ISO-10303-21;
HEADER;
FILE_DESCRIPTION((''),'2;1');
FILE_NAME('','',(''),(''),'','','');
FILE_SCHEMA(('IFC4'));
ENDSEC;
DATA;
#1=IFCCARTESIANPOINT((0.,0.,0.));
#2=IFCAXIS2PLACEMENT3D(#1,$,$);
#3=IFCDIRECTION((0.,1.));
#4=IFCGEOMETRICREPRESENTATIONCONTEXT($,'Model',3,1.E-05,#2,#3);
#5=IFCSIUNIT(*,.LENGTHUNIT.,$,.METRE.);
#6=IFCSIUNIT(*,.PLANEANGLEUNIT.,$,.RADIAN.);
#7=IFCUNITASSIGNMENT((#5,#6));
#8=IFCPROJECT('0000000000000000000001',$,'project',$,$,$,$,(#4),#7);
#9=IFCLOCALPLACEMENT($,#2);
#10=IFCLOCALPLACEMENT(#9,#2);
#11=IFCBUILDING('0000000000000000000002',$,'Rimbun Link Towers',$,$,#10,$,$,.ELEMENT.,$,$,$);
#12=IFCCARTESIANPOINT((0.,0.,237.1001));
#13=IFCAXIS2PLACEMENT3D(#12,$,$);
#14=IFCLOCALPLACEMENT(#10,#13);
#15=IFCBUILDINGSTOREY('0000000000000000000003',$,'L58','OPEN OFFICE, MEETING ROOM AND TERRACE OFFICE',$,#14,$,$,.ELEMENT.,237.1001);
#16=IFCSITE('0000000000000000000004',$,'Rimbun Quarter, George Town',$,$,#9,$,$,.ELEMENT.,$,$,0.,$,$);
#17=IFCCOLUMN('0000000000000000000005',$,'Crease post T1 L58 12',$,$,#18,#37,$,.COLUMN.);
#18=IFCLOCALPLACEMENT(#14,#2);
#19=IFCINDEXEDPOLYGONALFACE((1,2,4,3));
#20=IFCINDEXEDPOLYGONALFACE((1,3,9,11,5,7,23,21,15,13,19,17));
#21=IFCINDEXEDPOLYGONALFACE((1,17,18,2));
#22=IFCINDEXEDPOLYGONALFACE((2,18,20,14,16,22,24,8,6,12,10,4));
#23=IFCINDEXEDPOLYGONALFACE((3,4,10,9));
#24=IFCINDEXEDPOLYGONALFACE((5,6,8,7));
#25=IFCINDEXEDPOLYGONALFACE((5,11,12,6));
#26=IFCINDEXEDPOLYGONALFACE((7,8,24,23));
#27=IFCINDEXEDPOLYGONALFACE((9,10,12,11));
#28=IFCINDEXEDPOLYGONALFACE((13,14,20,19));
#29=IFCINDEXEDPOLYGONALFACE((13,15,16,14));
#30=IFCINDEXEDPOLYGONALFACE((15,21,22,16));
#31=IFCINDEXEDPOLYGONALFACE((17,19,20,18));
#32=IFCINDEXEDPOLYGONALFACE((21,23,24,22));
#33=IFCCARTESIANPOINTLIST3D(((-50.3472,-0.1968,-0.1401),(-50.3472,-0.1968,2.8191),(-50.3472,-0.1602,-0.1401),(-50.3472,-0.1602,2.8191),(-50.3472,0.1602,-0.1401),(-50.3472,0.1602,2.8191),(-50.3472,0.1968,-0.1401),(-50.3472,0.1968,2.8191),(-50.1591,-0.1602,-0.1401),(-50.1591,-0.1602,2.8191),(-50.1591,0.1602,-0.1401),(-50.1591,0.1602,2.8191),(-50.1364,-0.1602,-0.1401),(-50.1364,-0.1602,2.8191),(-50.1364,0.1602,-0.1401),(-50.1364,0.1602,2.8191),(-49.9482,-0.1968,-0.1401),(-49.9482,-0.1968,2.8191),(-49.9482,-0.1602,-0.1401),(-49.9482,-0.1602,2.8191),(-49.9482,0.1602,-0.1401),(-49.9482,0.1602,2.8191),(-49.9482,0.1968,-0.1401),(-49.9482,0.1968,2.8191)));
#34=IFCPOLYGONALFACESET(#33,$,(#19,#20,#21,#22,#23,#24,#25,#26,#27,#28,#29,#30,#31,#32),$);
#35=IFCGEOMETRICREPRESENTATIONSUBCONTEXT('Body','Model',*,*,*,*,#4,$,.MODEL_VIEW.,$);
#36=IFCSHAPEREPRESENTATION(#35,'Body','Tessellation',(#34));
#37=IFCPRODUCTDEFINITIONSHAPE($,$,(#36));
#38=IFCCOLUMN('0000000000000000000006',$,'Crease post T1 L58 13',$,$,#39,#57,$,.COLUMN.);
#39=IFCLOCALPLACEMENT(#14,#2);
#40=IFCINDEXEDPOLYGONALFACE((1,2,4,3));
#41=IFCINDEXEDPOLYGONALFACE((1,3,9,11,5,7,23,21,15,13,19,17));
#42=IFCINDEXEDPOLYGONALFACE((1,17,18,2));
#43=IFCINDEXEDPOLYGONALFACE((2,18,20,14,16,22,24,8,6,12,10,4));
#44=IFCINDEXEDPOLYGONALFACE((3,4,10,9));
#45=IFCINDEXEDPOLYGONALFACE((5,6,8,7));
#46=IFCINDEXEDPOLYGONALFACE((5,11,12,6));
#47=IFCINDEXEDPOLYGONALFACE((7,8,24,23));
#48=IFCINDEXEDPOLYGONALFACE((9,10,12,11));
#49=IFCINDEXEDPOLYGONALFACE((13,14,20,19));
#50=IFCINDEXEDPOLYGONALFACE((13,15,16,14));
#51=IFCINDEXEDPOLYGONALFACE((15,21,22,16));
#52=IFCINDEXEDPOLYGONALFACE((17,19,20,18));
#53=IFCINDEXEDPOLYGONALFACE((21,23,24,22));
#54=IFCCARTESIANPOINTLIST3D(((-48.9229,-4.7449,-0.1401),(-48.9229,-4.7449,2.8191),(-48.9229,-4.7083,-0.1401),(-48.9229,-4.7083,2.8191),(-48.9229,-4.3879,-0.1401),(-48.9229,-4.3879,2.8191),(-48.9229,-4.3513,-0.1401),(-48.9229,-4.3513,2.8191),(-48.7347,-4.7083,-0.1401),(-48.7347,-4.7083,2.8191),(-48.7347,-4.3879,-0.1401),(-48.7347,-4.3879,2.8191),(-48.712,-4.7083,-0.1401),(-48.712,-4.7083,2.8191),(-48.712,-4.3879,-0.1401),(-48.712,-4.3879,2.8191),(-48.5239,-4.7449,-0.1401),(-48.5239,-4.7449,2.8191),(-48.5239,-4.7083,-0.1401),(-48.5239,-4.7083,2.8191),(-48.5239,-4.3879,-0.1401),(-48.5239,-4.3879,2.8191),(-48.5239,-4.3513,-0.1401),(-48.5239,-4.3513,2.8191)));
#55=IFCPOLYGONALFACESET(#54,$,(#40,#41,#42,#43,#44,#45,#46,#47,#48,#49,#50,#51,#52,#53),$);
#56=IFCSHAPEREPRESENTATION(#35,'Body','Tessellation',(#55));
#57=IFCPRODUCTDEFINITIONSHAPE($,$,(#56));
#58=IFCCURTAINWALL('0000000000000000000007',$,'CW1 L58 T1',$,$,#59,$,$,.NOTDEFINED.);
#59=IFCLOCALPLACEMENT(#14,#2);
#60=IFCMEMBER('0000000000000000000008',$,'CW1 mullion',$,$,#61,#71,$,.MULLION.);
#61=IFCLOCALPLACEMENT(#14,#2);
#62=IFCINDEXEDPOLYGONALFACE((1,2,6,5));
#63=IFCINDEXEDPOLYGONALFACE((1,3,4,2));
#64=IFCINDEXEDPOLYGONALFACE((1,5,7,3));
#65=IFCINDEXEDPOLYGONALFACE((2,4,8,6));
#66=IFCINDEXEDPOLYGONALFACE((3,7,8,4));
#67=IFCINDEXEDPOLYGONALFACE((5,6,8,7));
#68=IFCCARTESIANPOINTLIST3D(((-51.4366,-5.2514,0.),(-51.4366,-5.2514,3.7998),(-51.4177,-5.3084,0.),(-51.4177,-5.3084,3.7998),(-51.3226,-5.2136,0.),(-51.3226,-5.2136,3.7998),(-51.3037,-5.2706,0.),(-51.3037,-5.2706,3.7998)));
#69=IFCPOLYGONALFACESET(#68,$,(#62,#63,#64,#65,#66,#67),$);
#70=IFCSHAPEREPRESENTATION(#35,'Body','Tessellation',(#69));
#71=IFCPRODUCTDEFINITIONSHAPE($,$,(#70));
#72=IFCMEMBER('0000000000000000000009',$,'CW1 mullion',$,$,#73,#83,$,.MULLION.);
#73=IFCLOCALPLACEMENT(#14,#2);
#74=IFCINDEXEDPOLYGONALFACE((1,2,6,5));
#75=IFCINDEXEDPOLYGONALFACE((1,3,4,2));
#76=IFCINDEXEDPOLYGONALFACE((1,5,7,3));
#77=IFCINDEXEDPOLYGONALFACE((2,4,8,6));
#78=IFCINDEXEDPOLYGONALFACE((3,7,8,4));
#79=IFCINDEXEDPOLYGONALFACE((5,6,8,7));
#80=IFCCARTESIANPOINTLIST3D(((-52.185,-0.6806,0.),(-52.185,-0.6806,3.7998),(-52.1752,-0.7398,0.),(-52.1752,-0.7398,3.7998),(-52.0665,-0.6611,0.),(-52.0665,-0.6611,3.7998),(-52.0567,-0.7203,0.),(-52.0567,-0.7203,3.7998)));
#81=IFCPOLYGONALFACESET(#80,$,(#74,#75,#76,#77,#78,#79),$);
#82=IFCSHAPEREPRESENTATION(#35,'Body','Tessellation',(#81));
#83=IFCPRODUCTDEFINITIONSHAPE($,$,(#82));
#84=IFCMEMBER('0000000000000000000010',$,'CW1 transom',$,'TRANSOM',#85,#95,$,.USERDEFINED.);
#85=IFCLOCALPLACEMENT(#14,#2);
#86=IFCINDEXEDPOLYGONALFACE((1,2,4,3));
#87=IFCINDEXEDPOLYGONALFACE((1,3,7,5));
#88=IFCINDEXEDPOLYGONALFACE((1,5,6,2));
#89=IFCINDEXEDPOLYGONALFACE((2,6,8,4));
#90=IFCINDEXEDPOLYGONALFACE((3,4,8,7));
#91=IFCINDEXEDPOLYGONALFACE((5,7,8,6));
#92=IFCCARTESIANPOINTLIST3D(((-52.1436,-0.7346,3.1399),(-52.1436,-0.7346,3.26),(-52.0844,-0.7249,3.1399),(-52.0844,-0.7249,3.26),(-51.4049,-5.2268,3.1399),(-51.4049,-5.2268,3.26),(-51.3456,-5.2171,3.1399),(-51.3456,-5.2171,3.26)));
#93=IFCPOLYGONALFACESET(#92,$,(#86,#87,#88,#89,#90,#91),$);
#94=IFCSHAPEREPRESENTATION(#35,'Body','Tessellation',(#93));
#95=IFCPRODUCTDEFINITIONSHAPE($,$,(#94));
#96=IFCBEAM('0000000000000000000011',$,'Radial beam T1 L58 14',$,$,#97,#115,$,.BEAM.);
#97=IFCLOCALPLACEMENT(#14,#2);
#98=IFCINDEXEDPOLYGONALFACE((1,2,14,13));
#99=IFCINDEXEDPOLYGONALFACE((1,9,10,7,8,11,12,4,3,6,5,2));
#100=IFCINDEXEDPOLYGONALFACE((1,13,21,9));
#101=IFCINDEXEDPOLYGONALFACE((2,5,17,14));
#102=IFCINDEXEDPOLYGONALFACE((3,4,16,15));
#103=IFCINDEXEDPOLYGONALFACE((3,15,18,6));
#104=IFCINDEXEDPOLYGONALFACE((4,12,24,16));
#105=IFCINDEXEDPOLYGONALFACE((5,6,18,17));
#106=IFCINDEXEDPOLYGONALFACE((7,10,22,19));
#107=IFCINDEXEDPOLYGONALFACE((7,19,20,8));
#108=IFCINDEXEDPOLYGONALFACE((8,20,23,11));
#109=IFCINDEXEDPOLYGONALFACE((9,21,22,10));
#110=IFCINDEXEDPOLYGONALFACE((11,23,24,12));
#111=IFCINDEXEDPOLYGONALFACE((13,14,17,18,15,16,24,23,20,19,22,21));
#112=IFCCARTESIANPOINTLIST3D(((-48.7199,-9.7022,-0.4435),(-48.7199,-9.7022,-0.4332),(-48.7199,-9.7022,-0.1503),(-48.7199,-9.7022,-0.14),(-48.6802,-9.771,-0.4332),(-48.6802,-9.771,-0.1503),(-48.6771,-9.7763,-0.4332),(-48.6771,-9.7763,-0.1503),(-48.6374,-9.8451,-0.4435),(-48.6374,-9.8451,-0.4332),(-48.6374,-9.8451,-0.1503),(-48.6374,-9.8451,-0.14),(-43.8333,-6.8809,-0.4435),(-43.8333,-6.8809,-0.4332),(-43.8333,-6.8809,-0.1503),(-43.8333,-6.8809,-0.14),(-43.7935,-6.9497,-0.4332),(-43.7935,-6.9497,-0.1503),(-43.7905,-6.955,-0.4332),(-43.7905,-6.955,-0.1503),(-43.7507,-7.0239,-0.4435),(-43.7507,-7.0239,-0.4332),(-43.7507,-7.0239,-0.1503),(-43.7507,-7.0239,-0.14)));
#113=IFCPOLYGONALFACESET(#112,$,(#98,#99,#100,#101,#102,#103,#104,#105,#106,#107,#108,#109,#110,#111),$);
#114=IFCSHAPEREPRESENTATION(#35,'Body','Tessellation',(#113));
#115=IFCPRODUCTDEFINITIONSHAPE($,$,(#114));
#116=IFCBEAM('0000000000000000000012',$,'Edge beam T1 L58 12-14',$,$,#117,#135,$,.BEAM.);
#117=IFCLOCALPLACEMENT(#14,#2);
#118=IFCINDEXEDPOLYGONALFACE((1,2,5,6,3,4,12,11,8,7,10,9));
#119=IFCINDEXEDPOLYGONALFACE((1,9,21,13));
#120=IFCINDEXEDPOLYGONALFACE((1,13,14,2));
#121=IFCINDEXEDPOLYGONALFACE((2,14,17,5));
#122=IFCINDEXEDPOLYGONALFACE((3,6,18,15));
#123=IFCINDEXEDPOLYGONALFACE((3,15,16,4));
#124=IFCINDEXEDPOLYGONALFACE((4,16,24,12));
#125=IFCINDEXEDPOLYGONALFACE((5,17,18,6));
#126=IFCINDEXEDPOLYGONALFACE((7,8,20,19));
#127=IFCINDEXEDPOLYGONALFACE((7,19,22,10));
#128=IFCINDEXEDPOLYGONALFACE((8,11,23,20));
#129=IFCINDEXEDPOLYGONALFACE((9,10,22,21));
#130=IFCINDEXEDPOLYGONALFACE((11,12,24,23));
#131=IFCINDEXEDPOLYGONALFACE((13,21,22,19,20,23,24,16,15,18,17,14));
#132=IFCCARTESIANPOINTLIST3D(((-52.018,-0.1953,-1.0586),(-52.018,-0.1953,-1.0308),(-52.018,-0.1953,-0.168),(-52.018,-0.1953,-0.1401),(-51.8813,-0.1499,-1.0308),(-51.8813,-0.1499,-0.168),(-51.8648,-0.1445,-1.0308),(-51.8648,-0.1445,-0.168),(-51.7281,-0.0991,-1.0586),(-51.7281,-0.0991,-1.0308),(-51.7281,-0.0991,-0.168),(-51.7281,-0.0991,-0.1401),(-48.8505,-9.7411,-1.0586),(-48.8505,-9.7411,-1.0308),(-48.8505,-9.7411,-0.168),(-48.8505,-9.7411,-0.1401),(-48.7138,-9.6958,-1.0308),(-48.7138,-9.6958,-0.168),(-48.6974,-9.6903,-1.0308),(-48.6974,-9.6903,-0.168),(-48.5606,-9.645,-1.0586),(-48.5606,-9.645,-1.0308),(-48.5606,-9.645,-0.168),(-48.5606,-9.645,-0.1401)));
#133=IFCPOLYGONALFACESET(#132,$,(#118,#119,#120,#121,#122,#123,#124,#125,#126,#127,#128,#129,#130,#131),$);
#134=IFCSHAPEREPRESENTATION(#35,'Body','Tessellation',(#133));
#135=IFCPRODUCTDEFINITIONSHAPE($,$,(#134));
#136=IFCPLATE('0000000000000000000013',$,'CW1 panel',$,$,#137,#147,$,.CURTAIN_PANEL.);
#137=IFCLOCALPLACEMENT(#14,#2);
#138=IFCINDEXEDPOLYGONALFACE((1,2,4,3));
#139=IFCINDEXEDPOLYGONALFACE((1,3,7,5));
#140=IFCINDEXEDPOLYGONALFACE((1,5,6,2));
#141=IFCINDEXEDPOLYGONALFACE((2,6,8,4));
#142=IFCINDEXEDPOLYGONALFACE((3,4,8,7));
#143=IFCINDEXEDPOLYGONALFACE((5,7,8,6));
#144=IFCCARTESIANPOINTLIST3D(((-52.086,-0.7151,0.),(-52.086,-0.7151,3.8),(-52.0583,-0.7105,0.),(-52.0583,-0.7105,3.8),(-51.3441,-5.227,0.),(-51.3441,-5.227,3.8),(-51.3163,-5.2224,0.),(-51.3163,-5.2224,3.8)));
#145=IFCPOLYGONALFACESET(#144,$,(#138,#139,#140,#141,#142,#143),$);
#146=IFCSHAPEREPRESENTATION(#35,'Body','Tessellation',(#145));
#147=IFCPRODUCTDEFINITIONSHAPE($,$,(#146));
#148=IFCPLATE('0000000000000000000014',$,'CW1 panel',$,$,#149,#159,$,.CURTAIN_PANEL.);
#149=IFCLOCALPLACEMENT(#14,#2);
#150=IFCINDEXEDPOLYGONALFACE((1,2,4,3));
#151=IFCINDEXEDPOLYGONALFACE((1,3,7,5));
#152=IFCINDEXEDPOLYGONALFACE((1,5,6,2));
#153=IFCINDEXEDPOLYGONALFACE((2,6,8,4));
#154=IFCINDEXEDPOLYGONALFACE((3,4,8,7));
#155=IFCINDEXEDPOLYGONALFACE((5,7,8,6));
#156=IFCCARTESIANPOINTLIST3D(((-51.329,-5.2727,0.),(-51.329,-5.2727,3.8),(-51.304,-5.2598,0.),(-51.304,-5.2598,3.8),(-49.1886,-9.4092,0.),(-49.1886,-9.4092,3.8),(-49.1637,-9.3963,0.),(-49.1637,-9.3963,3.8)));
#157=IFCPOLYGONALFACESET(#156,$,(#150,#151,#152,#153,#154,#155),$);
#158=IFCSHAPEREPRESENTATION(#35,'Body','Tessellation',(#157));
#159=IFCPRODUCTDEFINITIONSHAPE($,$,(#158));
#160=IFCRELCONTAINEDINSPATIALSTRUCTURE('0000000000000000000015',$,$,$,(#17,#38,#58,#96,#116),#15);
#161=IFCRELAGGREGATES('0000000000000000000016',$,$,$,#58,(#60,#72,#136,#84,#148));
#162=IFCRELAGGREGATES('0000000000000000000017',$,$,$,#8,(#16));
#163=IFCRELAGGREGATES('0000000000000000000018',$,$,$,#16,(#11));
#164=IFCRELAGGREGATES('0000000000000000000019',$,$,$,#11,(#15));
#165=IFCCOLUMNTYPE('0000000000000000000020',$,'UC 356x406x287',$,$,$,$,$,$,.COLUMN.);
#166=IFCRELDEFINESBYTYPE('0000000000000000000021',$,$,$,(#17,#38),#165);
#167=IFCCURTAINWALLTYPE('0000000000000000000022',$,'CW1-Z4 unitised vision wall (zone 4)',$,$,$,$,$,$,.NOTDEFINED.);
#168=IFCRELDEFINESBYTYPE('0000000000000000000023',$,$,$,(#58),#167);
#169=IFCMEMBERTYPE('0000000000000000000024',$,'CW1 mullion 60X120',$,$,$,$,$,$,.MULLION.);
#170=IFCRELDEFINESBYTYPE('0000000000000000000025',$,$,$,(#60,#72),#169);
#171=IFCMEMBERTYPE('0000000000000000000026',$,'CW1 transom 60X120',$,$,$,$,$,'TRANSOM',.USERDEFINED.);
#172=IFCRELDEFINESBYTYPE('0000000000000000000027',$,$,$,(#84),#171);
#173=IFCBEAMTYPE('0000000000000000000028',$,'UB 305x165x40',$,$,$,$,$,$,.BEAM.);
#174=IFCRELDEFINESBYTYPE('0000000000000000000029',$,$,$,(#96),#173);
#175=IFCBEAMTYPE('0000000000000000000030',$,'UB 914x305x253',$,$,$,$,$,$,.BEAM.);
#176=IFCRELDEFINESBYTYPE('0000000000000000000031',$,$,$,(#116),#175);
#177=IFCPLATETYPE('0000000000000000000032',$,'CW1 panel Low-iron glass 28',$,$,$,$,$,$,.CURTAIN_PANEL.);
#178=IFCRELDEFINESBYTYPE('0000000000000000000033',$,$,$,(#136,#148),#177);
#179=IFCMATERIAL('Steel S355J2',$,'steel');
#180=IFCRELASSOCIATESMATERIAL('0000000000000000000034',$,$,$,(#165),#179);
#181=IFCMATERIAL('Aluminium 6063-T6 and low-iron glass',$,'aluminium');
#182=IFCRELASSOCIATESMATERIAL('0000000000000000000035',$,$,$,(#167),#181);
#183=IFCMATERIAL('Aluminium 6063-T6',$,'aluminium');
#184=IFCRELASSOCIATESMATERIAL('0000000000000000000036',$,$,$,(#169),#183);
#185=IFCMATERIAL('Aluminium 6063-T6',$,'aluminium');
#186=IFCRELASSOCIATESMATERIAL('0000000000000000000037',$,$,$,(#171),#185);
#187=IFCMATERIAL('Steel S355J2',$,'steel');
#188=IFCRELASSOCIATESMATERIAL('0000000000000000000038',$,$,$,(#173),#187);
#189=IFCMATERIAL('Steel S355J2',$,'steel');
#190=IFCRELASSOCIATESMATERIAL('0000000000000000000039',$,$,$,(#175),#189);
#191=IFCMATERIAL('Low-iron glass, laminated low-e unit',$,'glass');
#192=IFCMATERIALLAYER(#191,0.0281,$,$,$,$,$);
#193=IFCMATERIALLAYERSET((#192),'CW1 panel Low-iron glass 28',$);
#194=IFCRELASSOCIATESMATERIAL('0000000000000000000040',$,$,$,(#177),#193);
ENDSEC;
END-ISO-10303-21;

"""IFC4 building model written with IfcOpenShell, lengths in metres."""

from ifc_helpers import new_model, si_unit, direction, frame, origin, origin_2d, place, context, subcontext, project, spatial, rectangle, i_section, extrude, material, layer, layer_set, material_profile, profile_set, type_object, element, aggregate, save


model = new_model("IFC4")

# Units and contexts
model_context = context("Model", 3, precision=1e-05, world=origin(), true_north=direction((0.0, 1.0)))
body_context = subcontext(model_context, "Body", "Model", "MODEL_VIEW")
ifc_project = project(units=[si_unit("LENGTHUNIT", "METRE"), si_unit("PLANEANGLEUNIT", "RADIAN")], contexts=[model_context])

# Site, building, storey
site_placement = place(None, origin())
site = spatial("IfcSite", under=ifc_project, at=site_placement, Name="Rimbun Quarter, George Town", CompositionType="ELEMENT", RefElevation=0.0)
building_placement = place(site_placement, origin())
building = spatial("IfcBuilding", under=site, at=building_placement, Name="Rimbun Link Towers", CompositionType="ELEMENT")
storey_placement = place(building_placement, frame((0.0, 0.0, 237.1001)))
storey = spatial("IfcBuildingStorey", under=building, at=storey_placement, Name="L58", Description="OPEN OFFICE, MEETING ROOM AND TERRACE OFFICE", CompositionType="ELEMENT", Elevation=237.1001)

# Columns
ifc_material_1 = material(Name="Steel S355J2", Category="steel")
ifc_material_profile_1 = material_profile(ifc_material_1, i_section(OverallWidth=0.3989, OverallDepth=0.3936, WebThickness=0.0227, FlangeThickness=0.0366, at=origin_2d()), Name="UC 356x406x287")
ifc_profile_set_1 = profile_set([ifc_material_profile_1], Name="Steel S355J2")
column_type = type_object("IfcColumnType", Name="UC 356x406x287", PredefinedType="COLUMN", material=ifc_profile_set_1)
for number, where, z_axis, x_axis, name in (
    (1, (-50.1477, 0.0, -0.1401), (0.0, 0.0, 1.0), (1.0, 0.0, 0.0), "Crease post T1 L58 12"),
    (2, (-48.7234, -4.5481, -0.1401), (0.0, 0.0, 1.0), (1.0, 0.0, 0.0), "Crease post T1 L58 13"),
):
    element("IfcColumn", number, at=place(storey_placement, frame(where, z_axis=z_axis, x_axis=x_axis)), inside=storey, type_object=column_type, Name=name, PredefinedType="COLUMN", context=body_context, shape_type="SweptSolid", body=[
        extrude(i_section(OverallWidth=0.3989, OverallDepth=0.3936, WebThickness=0.0227, FlangeThickness=0.0366, at=origin_2d()), origin(), (0.0, 0.0, 1.0), 2.9592),
    ])

# Curtain wall, members
ifc_material_2 = material(Name="Aluminium 6063-T6 and low-iron glass", Category="aluminium")
curtain_wall_type = type_object("IfcCurtainWallType", Name="CW1-Z4 unitised vision wall (zone 4)", PredefinedType="NOTDEFINED", material=ifc_material_2)
curtain_wall_placement = place(storey_placement, origin())
curtain_wall = element("IfcCurtainWall", 3, at=curtain_wall_placement, inside=storey, type_object=curtain_wall_type, Name="CW1 L58 T1", PredefinedType="NOTDEFINED")
ifc_material_3 = material(Name="Aluminium 6063-T6", Category="aluminium")
ifc_material_profile_2 = material_profile(ifc_material_3, rectangle(XDim=0.1201, YDim=0.0601, at=origin_2d()), Name="MULLION 60X120")
ifc_profile_set_2 = profile_set([ifc_material_profile_2], Name="Aluminium 6063-T6")
member_type_1 = type_object("IfcMemberType", Name="CW1 mullion 60X120", PredefinedType="MULLION", material=ifc_profile_set_2)
member_1_placement = place(storey_placement, frame((-51.3701, -5.261, 0.0), z_axis=(0.0, 0.0, 1.0), x_axis=(-0.949161, -0.31479, 0.0)))
member_1 = element("IfcMember", 4, at=member_1_placement, type_object=member_type_1, Name="CW1 mullion", PredefinedType="MULLION", context=body_context, shape_type="SweptSolid", body=[
    extrude(rectangle(XDim=0.1201, YDim=0.0601, at=origin_2d()), origin(), (0.0, 0.0, 1.0), 3.7998),
])
member_2_placement = place(storey_placement, frame((-52.1208, -0.7004, 0.0), z_axis=(0.0, 0.0, 1.0), x_axis=(-0.986748, -0.162262, 0.0)))
member_2 = element("IfcMember", 5, at=member_2_placement, type_object=member_type_1, Name="CW1 mullion", PredefinedType="MULLION", context=body_context, shape_type="SweptSolid", body=[
    extrude(rectangle(XDim=0.1201, YDim=0.0601, at=origin_2d()), origin(), (0.0, 0.0, 1.0), 3.7998),
])
ifc_material_4 = material(Name="Aluminium 6063-T6", Category="aluminium")
ifc_material_profile_3 = material_profile(ifc_material_4, rectangle(XDim=0.0601, YDim=0.1201, at=origin_2d()), Name="TRANSOM 60X120")
ifc_profile_set_3 = profile_set([ifc_material_profile_3], Name="Aluminium 6063-T6")
member_type_2 = type_object("IfcMemberType", Name="CW1 transom 60X120", ElementType="TRANSOM", PredefinedType="USERDEFINED", material=ifc_profile_set_3)
member_3_placement = place(storey_placement, frame((-51.3752, -5.2219, 3.2), z_axis=(-0.162277, 0.986745, 0.0), x_axis=(-0.986745, -0.162277, 0.0)))
member_3 = element("IfcMember", 6, at=member_3_placement, type_object=member_type_2, Name="CW1 transom", ObjectType="TRANSOM", PredefinedType="USERDEFINED", context=body_context, shape_type="SweptSolid", body=[
    extrude(rectangle(XDim=0.0601, YDim=0.1201, at=origin_2d()), origin(), (0.0, 0.0, 1.0), 4.5525),
])

# Beams
ifc_material_5 = material(Name="Steel S355J2", Category="steel")
ifc_material_profile_4 = material_profile(ifc_material_5, i_section(OverallWidth=0.165, OverallDepth=0.3035, WebThickness=0.0061, FlangeThickness=0.0103, at=origin_2d()), Name="UB 305x165x40")
ifc_profile_set_4 = profile_set([ifc_material_profile_4], Name="Steel S355J2")
beam_type_1 = type_object("IfcBeamType", Name="UB 305x165x40", PredefinedType="BEAM", material=ifc_profile_set_4)
beam_1_placement = place(storey_placement, frame((-43.792, -6.9524, -0.2917), z_axis=(-0.86603, -0.499992, 0.0), x_axis=(0.499992, -0.86603, 0.0)))
element("IfcBeam", 7, at=beam_1_placement, inside=storey, type_object=beam_type_1, Name="Radial beam T1 L58 14", PredefinedType="BEAM", context=body_context, shape_type="SweptSolid", body=[
    extrude(i_section(OverallWidth=0.165, OverallDepth=0.3035, WebThickness=0.0061, FlangeThickness=0.0103, at=origin_2d()), origin(), (0.0, 0.0, 1.0), 5.6426),
])
ifc_material_6 = material(Name="Steel S355J2", Category="steel")
ifc_material_profile_5 = material_profile(ifc_material_6, i_section(OverallWidth=0.3054, OverallDepth=0.9185, WebThickness=0.0173, FlangeThickness=0.0278, at=origin_2d()), Name="UB 914x305x253")
ifc_profile_set_5 = profile_set([ifc_material_profile_5], Name="Steel S355J2")
beam_type_2 = type_object("IfcBeamType", Name="UB 914x305x253", PredefinedType="BEAM", material=ifc_profile_set_5)
beam_2_placement = place(storey_placement, frame((-51.873, -0.1472, -0.5994), z_axis=(0.314931, -0.949114, 0.0), x_axis=(0.949114, 0.314931, 0.0)))
element("IfcBeam", 8, at=beam_2_placement, inside=storey, type_object=beam_type_2, Name="Edge beam T1 L58 12-14", PredefinedType="BEAM", context=body_context, shape_type="SweptSolid", body=[
    extrude(i_section(OverallWidth=0.3054, OverallDepth=0.9185, WebThickness=0.0173, FlangeThickness=0.0278, at=origin_2d()), origin(), (0.0, 0.0, 1.0), 10.0576),
])

# Plates
ifc_material_7 = material(Name="Low-iron glass, laminated low-e unit", Category="glass")
ifc_layer_1 = layer(ifc_material_7, 0.0281)
ifc_layer_set_1 = layer_set([ifc_layer_1], Name="CW1 panel Low-iron glass 28")
plate_type = type_object("IfcPlateType", Name="CW1 panel Low-iron glass 28", PredefinedType="CURTAIN_PANEL", material=ifc_layer_set_1)
plate_1_placement = place(storey_placement, frame((-51.7012, -2.9688, 0.0), z_axis=(0.0, 0.0, 1.0), x_axis=(-0.162262, 0.986748, 0.0)))
plate_1 = element("IfcPlate", 9, at=plate_1_placement, type_object=plate_type, Name="CW1 panel", PredefinedType="CURTAIN_PANEL", context=body_context, shape_type="SweptSolid", body=[
    extrude(rectangle(XDim=4.5725, YDim=0.0281, at=origin_2d()), origin(), (0.0, 0.0, 1.0), 3.8),
])
plate_2_placement = place(storey_placement, frame((-50.2463, -7.3345, 0.0), z_axis=(0.0, 0.0, 1.0), x_axis=(-0.45955, 0.888152, 0.0)))
plate_2 = element("IfcPlate", 10, at=plate_2_placement, type_object=plate_type, Name="CW1 panel", PredefinedType="CURTAIN_PANEL", context=body_context, shape_type="SweptSolid", body=[
    extrude(rectangle(XDim=4.6575, YDim=0.0281, at=origin_2d()), origin(), (0.0, 0.0, 1.0), 3.8),
])
aggregate(curtain_wall, [member_1, member_2, plate_1, member_3, plate_2])

save(model, "model.ifc")
